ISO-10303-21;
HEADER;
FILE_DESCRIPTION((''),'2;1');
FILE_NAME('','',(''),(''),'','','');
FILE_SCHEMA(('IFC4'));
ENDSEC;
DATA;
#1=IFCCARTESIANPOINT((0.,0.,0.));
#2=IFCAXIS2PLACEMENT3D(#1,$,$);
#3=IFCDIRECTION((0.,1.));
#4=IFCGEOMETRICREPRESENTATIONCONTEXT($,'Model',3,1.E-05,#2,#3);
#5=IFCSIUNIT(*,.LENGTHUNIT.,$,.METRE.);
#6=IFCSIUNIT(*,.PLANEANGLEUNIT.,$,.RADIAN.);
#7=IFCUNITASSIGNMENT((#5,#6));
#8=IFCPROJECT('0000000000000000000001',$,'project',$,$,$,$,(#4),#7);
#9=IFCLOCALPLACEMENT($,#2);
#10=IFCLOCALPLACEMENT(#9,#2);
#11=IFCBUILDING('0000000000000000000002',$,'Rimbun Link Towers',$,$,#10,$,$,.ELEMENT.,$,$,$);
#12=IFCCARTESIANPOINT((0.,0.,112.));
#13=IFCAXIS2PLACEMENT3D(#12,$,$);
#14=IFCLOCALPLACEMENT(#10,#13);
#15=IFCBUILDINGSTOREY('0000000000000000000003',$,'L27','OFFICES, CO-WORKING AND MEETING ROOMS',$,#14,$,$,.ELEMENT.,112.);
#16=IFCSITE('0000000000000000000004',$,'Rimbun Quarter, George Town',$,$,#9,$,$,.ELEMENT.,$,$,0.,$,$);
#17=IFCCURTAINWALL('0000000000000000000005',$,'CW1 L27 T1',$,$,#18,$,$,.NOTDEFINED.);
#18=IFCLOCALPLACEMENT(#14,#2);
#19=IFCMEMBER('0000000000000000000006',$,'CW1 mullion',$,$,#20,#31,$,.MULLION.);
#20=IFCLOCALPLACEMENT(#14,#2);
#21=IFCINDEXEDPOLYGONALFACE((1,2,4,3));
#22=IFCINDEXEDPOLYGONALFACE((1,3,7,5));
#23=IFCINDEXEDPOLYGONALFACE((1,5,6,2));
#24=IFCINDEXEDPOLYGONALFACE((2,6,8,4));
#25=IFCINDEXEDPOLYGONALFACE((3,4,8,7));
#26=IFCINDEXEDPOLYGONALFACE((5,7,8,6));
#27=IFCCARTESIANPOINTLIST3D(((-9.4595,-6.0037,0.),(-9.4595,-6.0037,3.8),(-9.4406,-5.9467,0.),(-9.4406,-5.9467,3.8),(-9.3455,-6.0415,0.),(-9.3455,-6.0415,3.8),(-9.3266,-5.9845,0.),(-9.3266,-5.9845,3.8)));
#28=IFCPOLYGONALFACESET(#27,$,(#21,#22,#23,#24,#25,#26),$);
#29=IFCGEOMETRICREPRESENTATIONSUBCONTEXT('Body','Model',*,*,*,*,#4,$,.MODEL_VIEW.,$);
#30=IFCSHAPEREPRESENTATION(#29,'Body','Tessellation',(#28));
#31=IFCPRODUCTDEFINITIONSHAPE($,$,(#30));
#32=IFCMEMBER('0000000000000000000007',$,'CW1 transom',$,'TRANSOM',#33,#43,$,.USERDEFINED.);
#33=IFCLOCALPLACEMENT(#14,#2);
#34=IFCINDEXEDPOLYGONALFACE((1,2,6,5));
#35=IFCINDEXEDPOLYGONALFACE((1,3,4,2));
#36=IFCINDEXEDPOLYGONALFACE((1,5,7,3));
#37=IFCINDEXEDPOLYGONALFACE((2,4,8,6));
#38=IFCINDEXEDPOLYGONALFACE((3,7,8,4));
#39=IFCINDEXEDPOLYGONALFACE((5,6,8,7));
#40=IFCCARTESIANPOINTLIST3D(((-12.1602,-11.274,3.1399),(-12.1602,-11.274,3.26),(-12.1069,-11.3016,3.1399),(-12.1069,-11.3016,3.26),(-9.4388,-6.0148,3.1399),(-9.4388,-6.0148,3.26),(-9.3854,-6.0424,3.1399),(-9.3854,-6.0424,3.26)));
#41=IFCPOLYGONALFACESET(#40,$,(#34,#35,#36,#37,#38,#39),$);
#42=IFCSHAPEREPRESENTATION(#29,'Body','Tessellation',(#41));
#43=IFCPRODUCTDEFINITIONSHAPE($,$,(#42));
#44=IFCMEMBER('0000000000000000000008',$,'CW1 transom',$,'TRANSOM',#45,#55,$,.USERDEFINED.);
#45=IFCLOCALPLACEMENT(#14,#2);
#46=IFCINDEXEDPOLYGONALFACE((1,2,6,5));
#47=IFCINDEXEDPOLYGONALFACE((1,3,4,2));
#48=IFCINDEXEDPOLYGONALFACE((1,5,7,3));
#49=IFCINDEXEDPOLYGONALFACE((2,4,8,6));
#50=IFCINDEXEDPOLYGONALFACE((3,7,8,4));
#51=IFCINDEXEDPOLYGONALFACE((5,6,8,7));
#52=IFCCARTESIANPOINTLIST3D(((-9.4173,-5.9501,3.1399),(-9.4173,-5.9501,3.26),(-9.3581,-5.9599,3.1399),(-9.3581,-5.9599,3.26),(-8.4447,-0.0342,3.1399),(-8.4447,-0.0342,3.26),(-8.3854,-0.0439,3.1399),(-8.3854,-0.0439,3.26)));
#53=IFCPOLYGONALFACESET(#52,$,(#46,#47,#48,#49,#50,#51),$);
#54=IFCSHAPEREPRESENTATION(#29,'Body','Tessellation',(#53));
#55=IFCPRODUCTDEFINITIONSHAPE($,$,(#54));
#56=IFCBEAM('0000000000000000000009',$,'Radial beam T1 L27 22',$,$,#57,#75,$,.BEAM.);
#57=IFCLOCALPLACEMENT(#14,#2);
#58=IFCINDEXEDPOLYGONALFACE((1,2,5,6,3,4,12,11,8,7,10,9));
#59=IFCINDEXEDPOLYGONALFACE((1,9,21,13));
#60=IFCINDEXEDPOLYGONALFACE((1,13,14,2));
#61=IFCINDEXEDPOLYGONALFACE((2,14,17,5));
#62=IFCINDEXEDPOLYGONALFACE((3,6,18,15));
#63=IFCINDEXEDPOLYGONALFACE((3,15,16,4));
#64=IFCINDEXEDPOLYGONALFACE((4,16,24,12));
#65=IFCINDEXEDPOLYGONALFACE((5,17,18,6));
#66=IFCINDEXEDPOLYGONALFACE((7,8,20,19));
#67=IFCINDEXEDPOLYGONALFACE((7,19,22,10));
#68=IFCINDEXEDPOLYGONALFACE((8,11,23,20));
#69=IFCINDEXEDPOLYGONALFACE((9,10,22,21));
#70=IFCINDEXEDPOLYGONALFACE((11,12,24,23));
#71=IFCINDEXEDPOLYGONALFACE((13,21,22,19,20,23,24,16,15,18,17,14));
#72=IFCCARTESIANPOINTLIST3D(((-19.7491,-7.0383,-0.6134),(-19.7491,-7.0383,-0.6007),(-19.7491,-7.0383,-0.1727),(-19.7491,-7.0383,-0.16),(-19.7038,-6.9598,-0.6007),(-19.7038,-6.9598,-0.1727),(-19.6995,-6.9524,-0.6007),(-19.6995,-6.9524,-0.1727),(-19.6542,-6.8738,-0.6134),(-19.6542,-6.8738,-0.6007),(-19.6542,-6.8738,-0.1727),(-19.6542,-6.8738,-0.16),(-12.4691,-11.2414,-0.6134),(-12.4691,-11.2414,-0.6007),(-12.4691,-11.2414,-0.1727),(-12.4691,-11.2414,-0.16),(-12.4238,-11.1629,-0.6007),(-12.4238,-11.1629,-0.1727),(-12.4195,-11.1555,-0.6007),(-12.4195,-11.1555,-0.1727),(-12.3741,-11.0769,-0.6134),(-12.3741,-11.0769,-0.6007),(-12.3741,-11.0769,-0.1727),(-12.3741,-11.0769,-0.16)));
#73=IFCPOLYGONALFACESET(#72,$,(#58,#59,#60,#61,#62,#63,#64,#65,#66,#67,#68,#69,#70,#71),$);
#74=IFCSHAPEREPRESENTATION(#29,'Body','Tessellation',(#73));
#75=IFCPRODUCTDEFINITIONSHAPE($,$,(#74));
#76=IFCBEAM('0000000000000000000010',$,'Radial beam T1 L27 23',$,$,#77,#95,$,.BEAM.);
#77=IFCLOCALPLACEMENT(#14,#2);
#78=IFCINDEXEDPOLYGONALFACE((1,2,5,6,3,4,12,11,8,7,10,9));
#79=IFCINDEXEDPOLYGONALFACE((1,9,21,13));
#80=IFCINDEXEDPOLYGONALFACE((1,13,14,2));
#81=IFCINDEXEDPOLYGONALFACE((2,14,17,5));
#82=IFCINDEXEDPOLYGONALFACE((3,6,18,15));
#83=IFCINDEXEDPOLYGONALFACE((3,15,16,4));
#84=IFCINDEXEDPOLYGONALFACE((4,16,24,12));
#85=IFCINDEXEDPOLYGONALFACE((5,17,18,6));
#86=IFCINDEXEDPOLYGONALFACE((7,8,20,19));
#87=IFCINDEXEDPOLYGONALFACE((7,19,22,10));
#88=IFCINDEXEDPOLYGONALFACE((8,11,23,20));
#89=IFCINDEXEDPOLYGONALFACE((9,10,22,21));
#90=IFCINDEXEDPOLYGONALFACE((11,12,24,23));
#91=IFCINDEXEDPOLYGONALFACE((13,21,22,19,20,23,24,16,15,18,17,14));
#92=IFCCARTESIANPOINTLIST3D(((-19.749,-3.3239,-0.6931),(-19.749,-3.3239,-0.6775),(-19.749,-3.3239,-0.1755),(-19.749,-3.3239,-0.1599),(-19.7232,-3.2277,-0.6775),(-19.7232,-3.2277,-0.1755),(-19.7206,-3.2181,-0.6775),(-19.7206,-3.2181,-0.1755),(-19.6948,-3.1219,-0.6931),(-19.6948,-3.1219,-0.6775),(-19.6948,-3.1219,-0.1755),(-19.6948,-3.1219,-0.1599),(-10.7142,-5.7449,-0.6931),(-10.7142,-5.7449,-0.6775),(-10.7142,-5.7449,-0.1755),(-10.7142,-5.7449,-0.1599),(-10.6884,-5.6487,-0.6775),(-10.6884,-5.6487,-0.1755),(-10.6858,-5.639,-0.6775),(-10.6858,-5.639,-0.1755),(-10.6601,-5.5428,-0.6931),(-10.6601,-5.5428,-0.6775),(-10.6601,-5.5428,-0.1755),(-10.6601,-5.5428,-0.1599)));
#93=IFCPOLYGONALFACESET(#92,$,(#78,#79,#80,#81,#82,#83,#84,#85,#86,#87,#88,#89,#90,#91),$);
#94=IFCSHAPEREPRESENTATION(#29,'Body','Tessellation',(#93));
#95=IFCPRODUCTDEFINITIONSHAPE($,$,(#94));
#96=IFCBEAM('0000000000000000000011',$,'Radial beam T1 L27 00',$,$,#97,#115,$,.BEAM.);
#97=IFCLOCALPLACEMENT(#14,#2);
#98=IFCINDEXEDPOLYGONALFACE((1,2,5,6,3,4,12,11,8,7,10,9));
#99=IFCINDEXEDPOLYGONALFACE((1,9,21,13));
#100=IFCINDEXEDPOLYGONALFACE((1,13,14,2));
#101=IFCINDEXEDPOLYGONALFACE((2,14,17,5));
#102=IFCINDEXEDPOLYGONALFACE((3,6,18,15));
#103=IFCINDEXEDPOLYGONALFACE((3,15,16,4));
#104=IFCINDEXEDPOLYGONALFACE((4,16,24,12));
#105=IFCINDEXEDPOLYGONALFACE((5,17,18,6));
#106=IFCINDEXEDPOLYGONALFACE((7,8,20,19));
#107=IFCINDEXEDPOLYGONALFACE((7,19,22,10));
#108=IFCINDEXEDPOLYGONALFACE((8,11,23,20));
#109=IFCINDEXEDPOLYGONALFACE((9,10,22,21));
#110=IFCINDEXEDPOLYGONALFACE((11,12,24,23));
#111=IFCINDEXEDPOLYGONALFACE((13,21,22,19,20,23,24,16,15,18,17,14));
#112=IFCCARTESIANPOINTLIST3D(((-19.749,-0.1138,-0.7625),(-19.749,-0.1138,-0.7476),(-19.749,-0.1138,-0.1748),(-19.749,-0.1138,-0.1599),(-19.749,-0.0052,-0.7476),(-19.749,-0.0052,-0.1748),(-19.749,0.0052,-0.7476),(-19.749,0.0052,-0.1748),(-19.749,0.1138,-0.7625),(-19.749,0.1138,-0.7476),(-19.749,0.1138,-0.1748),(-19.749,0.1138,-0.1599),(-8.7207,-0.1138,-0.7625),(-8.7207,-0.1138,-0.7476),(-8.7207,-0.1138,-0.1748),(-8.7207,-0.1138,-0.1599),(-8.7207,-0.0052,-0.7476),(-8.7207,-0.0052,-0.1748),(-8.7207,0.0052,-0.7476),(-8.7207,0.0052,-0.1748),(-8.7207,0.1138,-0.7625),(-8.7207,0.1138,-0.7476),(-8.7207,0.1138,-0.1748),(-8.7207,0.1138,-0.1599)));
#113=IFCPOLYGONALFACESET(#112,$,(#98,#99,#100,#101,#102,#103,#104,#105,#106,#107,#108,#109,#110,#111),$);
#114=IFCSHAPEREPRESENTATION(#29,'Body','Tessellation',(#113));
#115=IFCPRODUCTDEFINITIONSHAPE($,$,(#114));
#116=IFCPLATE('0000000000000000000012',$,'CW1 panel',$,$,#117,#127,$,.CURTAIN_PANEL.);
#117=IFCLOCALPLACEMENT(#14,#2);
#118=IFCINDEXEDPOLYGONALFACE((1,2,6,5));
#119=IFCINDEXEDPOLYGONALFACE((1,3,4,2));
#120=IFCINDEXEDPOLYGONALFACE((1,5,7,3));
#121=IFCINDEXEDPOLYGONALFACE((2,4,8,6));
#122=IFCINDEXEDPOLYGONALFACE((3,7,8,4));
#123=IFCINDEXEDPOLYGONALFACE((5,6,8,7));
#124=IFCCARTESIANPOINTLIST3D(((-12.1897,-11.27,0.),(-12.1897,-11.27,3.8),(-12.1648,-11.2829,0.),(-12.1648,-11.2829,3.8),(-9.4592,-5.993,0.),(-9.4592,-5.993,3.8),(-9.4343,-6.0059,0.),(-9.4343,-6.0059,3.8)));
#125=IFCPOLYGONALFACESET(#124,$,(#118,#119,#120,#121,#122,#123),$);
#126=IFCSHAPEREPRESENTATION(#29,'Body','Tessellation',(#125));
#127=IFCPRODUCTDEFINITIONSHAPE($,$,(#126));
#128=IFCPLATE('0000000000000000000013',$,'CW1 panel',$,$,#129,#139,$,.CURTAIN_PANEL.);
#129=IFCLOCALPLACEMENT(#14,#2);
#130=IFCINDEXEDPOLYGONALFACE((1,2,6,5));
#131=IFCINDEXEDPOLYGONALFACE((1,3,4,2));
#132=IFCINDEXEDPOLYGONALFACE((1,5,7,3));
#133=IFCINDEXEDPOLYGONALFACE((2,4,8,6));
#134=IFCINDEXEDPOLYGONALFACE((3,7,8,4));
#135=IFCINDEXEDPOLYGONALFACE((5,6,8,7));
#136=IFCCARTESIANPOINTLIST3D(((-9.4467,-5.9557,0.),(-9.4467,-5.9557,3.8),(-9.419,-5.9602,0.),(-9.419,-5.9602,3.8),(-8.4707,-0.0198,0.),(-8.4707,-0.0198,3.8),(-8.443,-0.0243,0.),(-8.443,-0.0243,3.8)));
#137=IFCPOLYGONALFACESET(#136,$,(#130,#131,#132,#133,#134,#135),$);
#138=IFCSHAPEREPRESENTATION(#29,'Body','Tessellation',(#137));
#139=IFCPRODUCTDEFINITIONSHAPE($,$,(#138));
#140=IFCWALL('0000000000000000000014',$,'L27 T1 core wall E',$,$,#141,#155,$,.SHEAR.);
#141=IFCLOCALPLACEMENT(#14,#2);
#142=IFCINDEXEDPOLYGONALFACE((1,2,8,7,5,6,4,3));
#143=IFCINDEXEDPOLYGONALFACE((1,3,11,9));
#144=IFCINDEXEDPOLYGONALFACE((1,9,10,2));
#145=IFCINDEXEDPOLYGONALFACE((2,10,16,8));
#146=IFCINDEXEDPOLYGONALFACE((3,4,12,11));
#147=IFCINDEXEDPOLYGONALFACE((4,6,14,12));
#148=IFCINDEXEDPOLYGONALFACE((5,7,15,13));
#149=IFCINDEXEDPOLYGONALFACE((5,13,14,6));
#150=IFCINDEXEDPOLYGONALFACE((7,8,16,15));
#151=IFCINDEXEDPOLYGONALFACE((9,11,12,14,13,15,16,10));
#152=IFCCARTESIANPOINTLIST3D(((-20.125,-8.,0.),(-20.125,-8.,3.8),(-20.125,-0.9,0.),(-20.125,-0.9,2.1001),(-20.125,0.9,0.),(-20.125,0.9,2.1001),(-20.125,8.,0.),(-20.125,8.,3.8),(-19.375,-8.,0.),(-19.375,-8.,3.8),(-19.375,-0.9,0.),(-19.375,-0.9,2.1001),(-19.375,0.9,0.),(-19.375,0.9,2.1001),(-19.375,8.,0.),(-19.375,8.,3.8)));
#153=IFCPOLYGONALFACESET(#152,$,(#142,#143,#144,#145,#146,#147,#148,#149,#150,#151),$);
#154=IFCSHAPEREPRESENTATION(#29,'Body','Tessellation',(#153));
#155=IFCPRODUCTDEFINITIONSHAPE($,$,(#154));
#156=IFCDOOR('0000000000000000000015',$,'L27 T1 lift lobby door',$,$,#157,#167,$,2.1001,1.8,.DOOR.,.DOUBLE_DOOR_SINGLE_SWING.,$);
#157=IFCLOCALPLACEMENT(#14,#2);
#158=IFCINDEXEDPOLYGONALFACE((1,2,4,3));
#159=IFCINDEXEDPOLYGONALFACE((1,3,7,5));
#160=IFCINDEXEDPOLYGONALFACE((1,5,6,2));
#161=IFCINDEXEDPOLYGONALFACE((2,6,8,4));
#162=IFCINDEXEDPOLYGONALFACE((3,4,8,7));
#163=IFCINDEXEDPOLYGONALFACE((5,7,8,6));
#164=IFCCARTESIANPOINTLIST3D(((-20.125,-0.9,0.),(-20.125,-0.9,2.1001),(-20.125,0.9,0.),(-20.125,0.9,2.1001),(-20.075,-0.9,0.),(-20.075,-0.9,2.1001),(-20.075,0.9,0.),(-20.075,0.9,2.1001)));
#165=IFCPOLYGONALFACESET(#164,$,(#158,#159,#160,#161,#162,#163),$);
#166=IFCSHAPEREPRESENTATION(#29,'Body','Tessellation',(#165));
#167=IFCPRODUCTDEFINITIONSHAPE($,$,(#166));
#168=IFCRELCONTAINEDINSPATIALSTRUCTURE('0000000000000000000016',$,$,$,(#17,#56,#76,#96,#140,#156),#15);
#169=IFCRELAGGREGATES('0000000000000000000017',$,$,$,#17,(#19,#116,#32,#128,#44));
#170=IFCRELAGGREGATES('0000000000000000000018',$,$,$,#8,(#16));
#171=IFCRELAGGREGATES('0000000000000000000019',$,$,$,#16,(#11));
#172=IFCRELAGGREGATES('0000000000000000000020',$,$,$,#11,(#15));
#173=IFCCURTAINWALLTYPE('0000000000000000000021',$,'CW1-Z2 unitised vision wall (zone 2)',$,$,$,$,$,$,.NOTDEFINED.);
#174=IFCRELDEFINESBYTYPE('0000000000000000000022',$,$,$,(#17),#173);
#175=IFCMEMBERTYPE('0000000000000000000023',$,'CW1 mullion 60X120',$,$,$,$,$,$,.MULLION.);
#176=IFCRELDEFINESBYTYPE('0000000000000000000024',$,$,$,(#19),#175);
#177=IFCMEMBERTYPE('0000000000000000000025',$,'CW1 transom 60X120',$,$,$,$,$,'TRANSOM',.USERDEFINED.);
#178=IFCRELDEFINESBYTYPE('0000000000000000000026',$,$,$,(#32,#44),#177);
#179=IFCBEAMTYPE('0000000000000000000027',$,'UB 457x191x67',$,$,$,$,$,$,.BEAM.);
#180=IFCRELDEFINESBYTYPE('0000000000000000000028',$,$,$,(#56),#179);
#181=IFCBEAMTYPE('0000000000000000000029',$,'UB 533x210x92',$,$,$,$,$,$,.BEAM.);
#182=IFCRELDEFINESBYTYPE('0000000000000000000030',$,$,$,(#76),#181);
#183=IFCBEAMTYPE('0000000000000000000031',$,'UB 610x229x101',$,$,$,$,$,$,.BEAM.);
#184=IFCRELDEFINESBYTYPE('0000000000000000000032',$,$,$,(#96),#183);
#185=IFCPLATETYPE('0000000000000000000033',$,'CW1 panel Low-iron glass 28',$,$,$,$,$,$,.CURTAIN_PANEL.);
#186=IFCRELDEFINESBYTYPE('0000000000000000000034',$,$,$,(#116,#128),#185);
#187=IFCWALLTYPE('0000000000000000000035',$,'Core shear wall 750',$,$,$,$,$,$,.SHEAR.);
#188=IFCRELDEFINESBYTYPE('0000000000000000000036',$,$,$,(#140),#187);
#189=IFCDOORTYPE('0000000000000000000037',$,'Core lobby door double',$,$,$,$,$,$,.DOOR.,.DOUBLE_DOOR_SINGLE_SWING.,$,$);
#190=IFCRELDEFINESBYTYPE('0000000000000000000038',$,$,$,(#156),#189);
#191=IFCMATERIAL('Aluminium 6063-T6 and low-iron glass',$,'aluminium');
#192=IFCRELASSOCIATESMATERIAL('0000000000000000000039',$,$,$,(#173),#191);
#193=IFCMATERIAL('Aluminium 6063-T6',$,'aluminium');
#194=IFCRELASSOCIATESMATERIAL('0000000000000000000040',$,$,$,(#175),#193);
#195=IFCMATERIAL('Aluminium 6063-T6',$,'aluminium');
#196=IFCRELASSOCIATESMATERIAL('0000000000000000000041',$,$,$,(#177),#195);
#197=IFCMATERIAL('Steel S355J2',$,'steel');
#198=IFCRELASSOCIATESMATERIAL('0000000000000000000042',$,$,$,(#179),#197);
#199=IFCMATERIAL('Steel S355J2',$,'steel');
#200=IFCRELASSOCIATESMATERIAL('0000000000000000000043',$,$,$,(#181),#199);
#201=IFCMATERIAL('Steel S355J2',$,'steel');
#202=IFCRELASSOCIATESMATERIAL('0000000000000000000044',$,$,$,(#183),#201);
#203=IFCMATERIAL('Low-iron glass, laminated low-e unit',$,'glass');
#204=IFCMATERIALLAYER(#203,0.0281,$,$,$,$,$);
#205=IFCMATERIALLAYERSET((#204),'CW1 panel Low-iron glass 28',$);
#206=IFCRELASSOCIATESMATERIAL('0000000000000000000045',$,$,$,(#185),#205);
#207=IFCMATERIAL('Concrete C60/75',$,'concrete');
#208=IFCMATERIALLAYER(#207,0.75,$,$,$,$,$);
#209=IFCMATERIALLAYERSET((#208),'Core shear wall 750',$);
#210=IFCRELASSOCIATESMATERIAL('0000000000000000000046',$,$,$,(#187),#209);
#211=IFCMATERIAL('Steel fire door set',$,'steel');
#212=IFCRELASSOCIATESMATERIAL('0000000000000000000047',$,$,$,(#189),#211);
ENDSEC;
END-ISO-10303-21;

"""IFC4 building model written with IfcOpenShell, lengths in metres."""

from ifc_helpers import new_model, si_unit, direction, frame, frame_2d, origin, origin_2d, place, context, subcontext, project, spatial, rectangle, i_section, extrude, material, layer, layer_set, material_profile, profile_set, type_object, element, fill, aggregate, save


model = new_model("IFC4")

# Units and contexts
model_context = context("Model", 3, precision=1e-05, world=origin(), true_north=direction((0.0, 1.0)))
body_context = subcontext(model_context, "Body", "Model", "MODEL_VIEW")
ifc_project = project(units=[si_unit("LENGTHUNIT", "METRE"), si_unit("PLANEANGLEUNIT", "RADIAN")], contexts=[model_context])

# Site, building, storey
site_placement = place(None, origin())
site = spatial("IfcSite", under=ifc_project, at=site_placement, Name="Rimbun Quarter, George Town", CompositionType="ELEMENT", RefElevation=0.0)
building_placement = place(site_placement, origin())
building = spatial("IfcBuilding", under=site, at=building_placement, Name="Rimbun Link Towers", CompositionType="ELEMENT")
storey_placement = place(building_placement, frame((0.0, 0.0, 112.0)))
storey = spatial("IfcBuildingStorey", under=building, at=storey_placement, Name="L27", Description="OFFICES, CO-WORKING AND MEETING ROOMS", CompositionType="ELEMENT", Elevation=112.0)

# Curtain wall, members
ifc_material_1 = material(Name="Aluminium 6063-T6 and low-iron glass", Category="aluminium")
curtain_wall_type = type_object("IfcCurtainWallType", Name="CW1-Z2 unitised vision wall (zone 2)", PredefinedType="NOTDEFINED", material=ifc_material_1)
curtain_wall_placement = place(storey_placement, origin())
curtain_wall = element("IfcCurtainWall", 1, at=curtain_wall_placement, inside=storey, type_object=curtain_wall_type, Name="CW1 L27 T1", PredefinedType="NOTDEFINED")
ifc_material_2 = material(Name="Aluminium 6063-T6", Category="aluminium")
ifc_material_profile_1 = material_profile(ifc_material_2, rectangle(XDim=0.1201, YDim=0.0601, at=origin_2d()), Name="MULLION 60X120")
ifc_profile_set_1 = profile_set([ifc_material_profile_1], Name="Aluminium 6063-T6")
member_type_1 = type_object("IfcMemberType", Name="CW1 mullion 60X120", PredefinedType="MULLION", material=ifc_profile_set_1)
member_1_placement = place(storey_placement, frame((-9.3931, -5.9941, 0.0), z_axis=(0.0, 0.0, 1.0), x_axis=(0.949163, -0.314786, 0.0)))
member_1 = element("IfcMember", 2, at=member_1_placement, type_object=member_type_1, Name="CW1 mullion", PredefinedType="MULLION", context=body_context, shape_type="SweptSolid", body=[
    extrude(rectangle(XDim=0.1201, YDim=0.0601, at=origin_2d()), origin(), (0.0, 0.0, 1.0), 3.8),
])
ifc_material_3 = material(Name="Aluminium 6063-T6", Category="aluminium")
ifc_material_profile_2 = material_profile(ifc_material_3, rectangle(XDim=0.0601, YDim=0.1201, at=origin_2d()), Name="TRANSOM 60X120")
ifc_profile_set_2 = profile_set([ifc_material_profile_2], Name="Aluminium 6063-T6")
member_type_2 = type_object("IfcMemberType", Name="CW1 transom 60X120", ElementType="TRANSOM", PredefinedType="USERDEFINED", material=ifc_profile_set_2)
member_2_placement = place(storey_placement, frame((-9.4121, -6.0286, 3.2), z_axis=(-0.459572, -0.88814, 0.0), x_axis=(0.88814, -0.459572, 0.0)))
member_2 = element("IfcMember", 3, at=member_2_placement, type_object=member_type_2, Name="CW1 transom", ObjectType="TRANSOM", PredefinedType="USERDEFINED", context=body_context, shape_type="SweptSolid", body=[
    extrude(rectangle(XDim=0.0601, YDim=0.1201, at=origin_2d()), origin(), (0.0, 0.0, 1.0), 5.9216),
])
member_3_placement = place(storey_placement, frame((-8.415, -0.0391, 3.2), z_axis=(-0.162233, -0.986753, 0.0), x_axis=(0.986753, -0.162233, 0.0)))
member_3 = element("IfcMember", 4, at=member_3_placement, type_object=member_type_2, Name="CW1 transom", ObjectType="TRANSOM", PredefinedType="USERDEFINED", context=body_context, shape_type="SweptSolid", body=[
    extrude(rectangle(XDim=0.0601, YDim=0.1201, at=origin_2d()), origin(), (0.0, 0.0, 1.0), 5.9954),
])

# Beams
ifc_material_4 = material(Name="Steel S355J2", Category="steel")
ifc_material_profile_3 = material_profile(ifc_material_4, i_section(OverallWidth=0.1899, OverallDepth=0.4534, WebThickness=0.0085, FlangeThickness=0.0127, at=origin_2d()), Name="UB 457x191x67")
ifc_profile_set_3 = profile_set([ifc_material_profile_3], Name="Steel S355J2")
beam_type_1 = type_object("IfcBeamType", Name="UB 457x191x67", PredefinedType="BEAM", material=ifc_profile_set_3)
beam_1_placement = place(storey_placement, frame((-19.7017, -6.9561, -0.3867), z_axis=(0.866026, -0.5, 0.0), x_axis=(0.5, 0.866026, 0.0)))
element("IfcBeam", 5, at=beam_1_placement, inside=storey, type_object=beam_type_1, Name="Radial beam T1 L27 22", PredefinedType="BEAM", context=body_context, shape_type="SweptSolid", body=[
    extrude(i_section(OverallWidth=0.1899, OverallDepth=0.4534, WebThickness=0.0085, FlangeThickness=0.0127, at=origin_2d()), origin(), (0.0, 0.0, 1.0), 8.4062),
])
ifc_material_5 = material(Name="Steel S355J2", Category="steel")
ifc_material_profile_4 = material_profile(ifc_material_5, i_section(OverallWidth=0.2092, OverallDepth=0.5332, WebThickness=0.01, FlangeThickness=0.0156, at=origin_2d()), Name="UB 533x210x92")
ifc_profile_set_4 = profile_set([ifc_material_profile_4], Name="Steel S355J2")
beam_type_2 = type_object("IfcBeamType", Name="UB 533x210x92", PredefinedType="BEAM", material=ifc_profile_set_4)
beam_2_placement = place(storey_placement, frame((-19.7219, -3.2229, -0.4265), z_axis=(0.965924, -0.258826, 0.0), x_axis=(0.258826, 0.965924, 0.0)))
element("IfcBeam", 6, at=beam_2_placement, inside=storey, type_object=beam_type_2, Name="Radial beam T1 L27 23", PredefinedType="BEAM", context=body_context, shape_type="SweptSolid", body=[
    extrude(i_section(OverallWidth=0.2092, OverallDepth=0.5332, WebThickness=0.01, FlangeThickness=0.0156, at=origin_2d()), origin(), (0.0, 0.0, 1.0), 9.3535),
])
ifc_material_6 = material(Name="Steel S355J2", Category="steel")
ifc_material_profile_5 = material_profile(ifc_material_6, i_section(OverallWidth=0.2275, OverallDepth=0.6025, WebThickness=0.0105, FlangeThickness=0.0149, at=origin_2d()), Name="UB 610x229x101")
ifc_profile_set_5 = profile_set([ifc_material_profile_5], Name="Steel S355J2")
beam_type_3 = type_object("IfcBeamType", Name="UB 610x229x101", PredefinedType="BEAM", material=ifc_profile_set_5)
beam_3_placement = place(storey_placement, frame((-19.749, 0.0, -0.4612), z_axis=(1.0, 0.0, 0.0), x_axis=(0.0, 1.0, 0.0)))
element("IfcBeam", 7, at=beam_3_placement, inside=storey, type_object=beam_type_3, Name="Radial beam T1 L27 00", PredefinedType="BEAM", context=body_context, shape_type="SweptSolid", body=[
    extrude(i_section(OverallWidth=0.2275, OverallDepth=0.6025, WebThickness=0.0105, FlangeThickness=0.0149, at=origin_2d()), origin(), (0.0, 0.0, 1.0), 11.0283),
])

# Plates
ifc_material_7 = material(Name="Low-iron glass, laminated low-e unit", Category="glass")
ifc_layer_1 = layer(ifc_material_7, 0.0281)
ifc_layer_set_1 = layer_set([ifc_layer_1], Name="CW1 panel Low-iron glass 28")
plate_type = type_object("IfcPlateType", Name="CW1 panel Low-iron glass 28", PredefinedType="CURTAIN_PANEL", material=ifc_layer_set_1)
plate_1_placement = place(storey_placement, frame((-10.812, -8.6379, 0.0), z_axis=(0.0, 0.0, 1.0), x_axis=(-0.459555, -0.888149, 0.0)))
plate_1 = element("IfcPlate", 8, at=plate_1_placement, type_object=plate_type, Name="CW1 panel", PredefinedType="CURTAIN_PANEL", context=body_context, shape_type="SweptSolid", body=[
    extrude(rectangle(XDim=5.9417, YDim=0.0281, at=origin_2d()), origin(), (0.0, 0.0, 1.0), 3.8),
])
plate_2_placement = place(storey_placement, frame((-8.9448, -2.99, 0.0), z_axis=(0.0, 0.0, 1.0), x_axis=(-0.162248, -0.98675, 0.0)))
plate_2 = element("IfcPlate", 9, at=plate_2_placement, type_object=plate_type, Name="CW1 panel", PredefinedType="CURTAIN_PANEL", context=body_context, shape_type="SweptSolid", body=[
    extrude(rectangle(XDim=6.0156, YDim=0.0281, at=origin_2d()), origin(), (0.0, 0.0, 1.0), 3.8),
])
aggregate(curtain_wall, [member_1, plate_1, member_2, plate_2, member_3])

# Wall, opening, door
ifc_material_8 = material(Name="Concrete C60/75", Category="concrete")
ifc_layer_2 = layer(ifc_material_8, 0.75)
ifc_layer_set_2 = layer_set([ifc_layer_2], Name="Core shear wall 750")
wall_type_1 = type_object("IfcWallType", Name="Core shear wall 750", PredefinedType="SHEAR", material=ifc_layer_set_2)
wall_1_placement = place(storey_placement, frame((-19.75, -8.0, 0.0), z_axis=(0.0, 0.0, 1.0), x_axis=(0.0, 1.0, 0.0)))
wall_1 = element("IfcWall", 10, at=wall_1_placement, inside=storey, type_object=wall_type_1, Name="L27 T1 core wall E", PredefinedType="SHEAR", context=body_context, shape_type="SweptSolid", body=[
    extrude(rectangle(XDim=16.0, YDim=0.75, at=frame_2d((8.0, 0.0))), origin(), (0.0, 0.0, 1.0), 3.8),
])
opening_1_placement = place(wall_1_placement, frame((7.1001, 0.0, 0.0)))
opening_1 = element("IfcOpeningElement", 11, at=opening_1_placement, cuts=wall_1, PredefinedType="OPENING", context=body_context, shape_type="SweptSolid", body=[
    extrude(rectangle(XDim=1.8, YDim=2.1001, at=frame_2d((0.8999, 1.05))), frame((0.0, 0.385, 0.0), z_axis=(0.0, -1.0, 0.0), x_axis=(1.0, 0.0, 0.0)), (0.0, 0.0, 1.0), 0.77),
])
ifc_material_9 = material(Name="Steel fire door set", Category="steel")
door_type_1 = type_object("IfcDoorType", Name="Core lobby door double", OperationType="DOUBLE_DOOR_SINGLE_SWING", PredefinedType="DOOR", material=ifc_material_9)
door_1_placement = place(opening_1_placement, origin())
door_1 = element("IfcDoor", 12, at=door_1_placement, inside=storey, type_object=door_type_1, Name="L27 T1 lift lobby door", OperationType="DOUBLE_DOOR_SINGLE_SWING", OverallHeight=2.1001, OverallWidth=1.8, PredefinedType="DOOR", context=body_context, shape_type="SweptSolid", body=[
    extrude(rectangle(XDim=1.8, YDim=2.1001, at=frame_2d((0.8999, 1.05))), frame((0.0, 0.375, 0.0), z_axis=(0.0, -1.0, 0.0), x_axis=(1.0, 0.0, 0.0)), (0.0, 0.0, 1.0), 0.05),
])
fill(opening_1, door_1)

save(model, "model.ifc")
